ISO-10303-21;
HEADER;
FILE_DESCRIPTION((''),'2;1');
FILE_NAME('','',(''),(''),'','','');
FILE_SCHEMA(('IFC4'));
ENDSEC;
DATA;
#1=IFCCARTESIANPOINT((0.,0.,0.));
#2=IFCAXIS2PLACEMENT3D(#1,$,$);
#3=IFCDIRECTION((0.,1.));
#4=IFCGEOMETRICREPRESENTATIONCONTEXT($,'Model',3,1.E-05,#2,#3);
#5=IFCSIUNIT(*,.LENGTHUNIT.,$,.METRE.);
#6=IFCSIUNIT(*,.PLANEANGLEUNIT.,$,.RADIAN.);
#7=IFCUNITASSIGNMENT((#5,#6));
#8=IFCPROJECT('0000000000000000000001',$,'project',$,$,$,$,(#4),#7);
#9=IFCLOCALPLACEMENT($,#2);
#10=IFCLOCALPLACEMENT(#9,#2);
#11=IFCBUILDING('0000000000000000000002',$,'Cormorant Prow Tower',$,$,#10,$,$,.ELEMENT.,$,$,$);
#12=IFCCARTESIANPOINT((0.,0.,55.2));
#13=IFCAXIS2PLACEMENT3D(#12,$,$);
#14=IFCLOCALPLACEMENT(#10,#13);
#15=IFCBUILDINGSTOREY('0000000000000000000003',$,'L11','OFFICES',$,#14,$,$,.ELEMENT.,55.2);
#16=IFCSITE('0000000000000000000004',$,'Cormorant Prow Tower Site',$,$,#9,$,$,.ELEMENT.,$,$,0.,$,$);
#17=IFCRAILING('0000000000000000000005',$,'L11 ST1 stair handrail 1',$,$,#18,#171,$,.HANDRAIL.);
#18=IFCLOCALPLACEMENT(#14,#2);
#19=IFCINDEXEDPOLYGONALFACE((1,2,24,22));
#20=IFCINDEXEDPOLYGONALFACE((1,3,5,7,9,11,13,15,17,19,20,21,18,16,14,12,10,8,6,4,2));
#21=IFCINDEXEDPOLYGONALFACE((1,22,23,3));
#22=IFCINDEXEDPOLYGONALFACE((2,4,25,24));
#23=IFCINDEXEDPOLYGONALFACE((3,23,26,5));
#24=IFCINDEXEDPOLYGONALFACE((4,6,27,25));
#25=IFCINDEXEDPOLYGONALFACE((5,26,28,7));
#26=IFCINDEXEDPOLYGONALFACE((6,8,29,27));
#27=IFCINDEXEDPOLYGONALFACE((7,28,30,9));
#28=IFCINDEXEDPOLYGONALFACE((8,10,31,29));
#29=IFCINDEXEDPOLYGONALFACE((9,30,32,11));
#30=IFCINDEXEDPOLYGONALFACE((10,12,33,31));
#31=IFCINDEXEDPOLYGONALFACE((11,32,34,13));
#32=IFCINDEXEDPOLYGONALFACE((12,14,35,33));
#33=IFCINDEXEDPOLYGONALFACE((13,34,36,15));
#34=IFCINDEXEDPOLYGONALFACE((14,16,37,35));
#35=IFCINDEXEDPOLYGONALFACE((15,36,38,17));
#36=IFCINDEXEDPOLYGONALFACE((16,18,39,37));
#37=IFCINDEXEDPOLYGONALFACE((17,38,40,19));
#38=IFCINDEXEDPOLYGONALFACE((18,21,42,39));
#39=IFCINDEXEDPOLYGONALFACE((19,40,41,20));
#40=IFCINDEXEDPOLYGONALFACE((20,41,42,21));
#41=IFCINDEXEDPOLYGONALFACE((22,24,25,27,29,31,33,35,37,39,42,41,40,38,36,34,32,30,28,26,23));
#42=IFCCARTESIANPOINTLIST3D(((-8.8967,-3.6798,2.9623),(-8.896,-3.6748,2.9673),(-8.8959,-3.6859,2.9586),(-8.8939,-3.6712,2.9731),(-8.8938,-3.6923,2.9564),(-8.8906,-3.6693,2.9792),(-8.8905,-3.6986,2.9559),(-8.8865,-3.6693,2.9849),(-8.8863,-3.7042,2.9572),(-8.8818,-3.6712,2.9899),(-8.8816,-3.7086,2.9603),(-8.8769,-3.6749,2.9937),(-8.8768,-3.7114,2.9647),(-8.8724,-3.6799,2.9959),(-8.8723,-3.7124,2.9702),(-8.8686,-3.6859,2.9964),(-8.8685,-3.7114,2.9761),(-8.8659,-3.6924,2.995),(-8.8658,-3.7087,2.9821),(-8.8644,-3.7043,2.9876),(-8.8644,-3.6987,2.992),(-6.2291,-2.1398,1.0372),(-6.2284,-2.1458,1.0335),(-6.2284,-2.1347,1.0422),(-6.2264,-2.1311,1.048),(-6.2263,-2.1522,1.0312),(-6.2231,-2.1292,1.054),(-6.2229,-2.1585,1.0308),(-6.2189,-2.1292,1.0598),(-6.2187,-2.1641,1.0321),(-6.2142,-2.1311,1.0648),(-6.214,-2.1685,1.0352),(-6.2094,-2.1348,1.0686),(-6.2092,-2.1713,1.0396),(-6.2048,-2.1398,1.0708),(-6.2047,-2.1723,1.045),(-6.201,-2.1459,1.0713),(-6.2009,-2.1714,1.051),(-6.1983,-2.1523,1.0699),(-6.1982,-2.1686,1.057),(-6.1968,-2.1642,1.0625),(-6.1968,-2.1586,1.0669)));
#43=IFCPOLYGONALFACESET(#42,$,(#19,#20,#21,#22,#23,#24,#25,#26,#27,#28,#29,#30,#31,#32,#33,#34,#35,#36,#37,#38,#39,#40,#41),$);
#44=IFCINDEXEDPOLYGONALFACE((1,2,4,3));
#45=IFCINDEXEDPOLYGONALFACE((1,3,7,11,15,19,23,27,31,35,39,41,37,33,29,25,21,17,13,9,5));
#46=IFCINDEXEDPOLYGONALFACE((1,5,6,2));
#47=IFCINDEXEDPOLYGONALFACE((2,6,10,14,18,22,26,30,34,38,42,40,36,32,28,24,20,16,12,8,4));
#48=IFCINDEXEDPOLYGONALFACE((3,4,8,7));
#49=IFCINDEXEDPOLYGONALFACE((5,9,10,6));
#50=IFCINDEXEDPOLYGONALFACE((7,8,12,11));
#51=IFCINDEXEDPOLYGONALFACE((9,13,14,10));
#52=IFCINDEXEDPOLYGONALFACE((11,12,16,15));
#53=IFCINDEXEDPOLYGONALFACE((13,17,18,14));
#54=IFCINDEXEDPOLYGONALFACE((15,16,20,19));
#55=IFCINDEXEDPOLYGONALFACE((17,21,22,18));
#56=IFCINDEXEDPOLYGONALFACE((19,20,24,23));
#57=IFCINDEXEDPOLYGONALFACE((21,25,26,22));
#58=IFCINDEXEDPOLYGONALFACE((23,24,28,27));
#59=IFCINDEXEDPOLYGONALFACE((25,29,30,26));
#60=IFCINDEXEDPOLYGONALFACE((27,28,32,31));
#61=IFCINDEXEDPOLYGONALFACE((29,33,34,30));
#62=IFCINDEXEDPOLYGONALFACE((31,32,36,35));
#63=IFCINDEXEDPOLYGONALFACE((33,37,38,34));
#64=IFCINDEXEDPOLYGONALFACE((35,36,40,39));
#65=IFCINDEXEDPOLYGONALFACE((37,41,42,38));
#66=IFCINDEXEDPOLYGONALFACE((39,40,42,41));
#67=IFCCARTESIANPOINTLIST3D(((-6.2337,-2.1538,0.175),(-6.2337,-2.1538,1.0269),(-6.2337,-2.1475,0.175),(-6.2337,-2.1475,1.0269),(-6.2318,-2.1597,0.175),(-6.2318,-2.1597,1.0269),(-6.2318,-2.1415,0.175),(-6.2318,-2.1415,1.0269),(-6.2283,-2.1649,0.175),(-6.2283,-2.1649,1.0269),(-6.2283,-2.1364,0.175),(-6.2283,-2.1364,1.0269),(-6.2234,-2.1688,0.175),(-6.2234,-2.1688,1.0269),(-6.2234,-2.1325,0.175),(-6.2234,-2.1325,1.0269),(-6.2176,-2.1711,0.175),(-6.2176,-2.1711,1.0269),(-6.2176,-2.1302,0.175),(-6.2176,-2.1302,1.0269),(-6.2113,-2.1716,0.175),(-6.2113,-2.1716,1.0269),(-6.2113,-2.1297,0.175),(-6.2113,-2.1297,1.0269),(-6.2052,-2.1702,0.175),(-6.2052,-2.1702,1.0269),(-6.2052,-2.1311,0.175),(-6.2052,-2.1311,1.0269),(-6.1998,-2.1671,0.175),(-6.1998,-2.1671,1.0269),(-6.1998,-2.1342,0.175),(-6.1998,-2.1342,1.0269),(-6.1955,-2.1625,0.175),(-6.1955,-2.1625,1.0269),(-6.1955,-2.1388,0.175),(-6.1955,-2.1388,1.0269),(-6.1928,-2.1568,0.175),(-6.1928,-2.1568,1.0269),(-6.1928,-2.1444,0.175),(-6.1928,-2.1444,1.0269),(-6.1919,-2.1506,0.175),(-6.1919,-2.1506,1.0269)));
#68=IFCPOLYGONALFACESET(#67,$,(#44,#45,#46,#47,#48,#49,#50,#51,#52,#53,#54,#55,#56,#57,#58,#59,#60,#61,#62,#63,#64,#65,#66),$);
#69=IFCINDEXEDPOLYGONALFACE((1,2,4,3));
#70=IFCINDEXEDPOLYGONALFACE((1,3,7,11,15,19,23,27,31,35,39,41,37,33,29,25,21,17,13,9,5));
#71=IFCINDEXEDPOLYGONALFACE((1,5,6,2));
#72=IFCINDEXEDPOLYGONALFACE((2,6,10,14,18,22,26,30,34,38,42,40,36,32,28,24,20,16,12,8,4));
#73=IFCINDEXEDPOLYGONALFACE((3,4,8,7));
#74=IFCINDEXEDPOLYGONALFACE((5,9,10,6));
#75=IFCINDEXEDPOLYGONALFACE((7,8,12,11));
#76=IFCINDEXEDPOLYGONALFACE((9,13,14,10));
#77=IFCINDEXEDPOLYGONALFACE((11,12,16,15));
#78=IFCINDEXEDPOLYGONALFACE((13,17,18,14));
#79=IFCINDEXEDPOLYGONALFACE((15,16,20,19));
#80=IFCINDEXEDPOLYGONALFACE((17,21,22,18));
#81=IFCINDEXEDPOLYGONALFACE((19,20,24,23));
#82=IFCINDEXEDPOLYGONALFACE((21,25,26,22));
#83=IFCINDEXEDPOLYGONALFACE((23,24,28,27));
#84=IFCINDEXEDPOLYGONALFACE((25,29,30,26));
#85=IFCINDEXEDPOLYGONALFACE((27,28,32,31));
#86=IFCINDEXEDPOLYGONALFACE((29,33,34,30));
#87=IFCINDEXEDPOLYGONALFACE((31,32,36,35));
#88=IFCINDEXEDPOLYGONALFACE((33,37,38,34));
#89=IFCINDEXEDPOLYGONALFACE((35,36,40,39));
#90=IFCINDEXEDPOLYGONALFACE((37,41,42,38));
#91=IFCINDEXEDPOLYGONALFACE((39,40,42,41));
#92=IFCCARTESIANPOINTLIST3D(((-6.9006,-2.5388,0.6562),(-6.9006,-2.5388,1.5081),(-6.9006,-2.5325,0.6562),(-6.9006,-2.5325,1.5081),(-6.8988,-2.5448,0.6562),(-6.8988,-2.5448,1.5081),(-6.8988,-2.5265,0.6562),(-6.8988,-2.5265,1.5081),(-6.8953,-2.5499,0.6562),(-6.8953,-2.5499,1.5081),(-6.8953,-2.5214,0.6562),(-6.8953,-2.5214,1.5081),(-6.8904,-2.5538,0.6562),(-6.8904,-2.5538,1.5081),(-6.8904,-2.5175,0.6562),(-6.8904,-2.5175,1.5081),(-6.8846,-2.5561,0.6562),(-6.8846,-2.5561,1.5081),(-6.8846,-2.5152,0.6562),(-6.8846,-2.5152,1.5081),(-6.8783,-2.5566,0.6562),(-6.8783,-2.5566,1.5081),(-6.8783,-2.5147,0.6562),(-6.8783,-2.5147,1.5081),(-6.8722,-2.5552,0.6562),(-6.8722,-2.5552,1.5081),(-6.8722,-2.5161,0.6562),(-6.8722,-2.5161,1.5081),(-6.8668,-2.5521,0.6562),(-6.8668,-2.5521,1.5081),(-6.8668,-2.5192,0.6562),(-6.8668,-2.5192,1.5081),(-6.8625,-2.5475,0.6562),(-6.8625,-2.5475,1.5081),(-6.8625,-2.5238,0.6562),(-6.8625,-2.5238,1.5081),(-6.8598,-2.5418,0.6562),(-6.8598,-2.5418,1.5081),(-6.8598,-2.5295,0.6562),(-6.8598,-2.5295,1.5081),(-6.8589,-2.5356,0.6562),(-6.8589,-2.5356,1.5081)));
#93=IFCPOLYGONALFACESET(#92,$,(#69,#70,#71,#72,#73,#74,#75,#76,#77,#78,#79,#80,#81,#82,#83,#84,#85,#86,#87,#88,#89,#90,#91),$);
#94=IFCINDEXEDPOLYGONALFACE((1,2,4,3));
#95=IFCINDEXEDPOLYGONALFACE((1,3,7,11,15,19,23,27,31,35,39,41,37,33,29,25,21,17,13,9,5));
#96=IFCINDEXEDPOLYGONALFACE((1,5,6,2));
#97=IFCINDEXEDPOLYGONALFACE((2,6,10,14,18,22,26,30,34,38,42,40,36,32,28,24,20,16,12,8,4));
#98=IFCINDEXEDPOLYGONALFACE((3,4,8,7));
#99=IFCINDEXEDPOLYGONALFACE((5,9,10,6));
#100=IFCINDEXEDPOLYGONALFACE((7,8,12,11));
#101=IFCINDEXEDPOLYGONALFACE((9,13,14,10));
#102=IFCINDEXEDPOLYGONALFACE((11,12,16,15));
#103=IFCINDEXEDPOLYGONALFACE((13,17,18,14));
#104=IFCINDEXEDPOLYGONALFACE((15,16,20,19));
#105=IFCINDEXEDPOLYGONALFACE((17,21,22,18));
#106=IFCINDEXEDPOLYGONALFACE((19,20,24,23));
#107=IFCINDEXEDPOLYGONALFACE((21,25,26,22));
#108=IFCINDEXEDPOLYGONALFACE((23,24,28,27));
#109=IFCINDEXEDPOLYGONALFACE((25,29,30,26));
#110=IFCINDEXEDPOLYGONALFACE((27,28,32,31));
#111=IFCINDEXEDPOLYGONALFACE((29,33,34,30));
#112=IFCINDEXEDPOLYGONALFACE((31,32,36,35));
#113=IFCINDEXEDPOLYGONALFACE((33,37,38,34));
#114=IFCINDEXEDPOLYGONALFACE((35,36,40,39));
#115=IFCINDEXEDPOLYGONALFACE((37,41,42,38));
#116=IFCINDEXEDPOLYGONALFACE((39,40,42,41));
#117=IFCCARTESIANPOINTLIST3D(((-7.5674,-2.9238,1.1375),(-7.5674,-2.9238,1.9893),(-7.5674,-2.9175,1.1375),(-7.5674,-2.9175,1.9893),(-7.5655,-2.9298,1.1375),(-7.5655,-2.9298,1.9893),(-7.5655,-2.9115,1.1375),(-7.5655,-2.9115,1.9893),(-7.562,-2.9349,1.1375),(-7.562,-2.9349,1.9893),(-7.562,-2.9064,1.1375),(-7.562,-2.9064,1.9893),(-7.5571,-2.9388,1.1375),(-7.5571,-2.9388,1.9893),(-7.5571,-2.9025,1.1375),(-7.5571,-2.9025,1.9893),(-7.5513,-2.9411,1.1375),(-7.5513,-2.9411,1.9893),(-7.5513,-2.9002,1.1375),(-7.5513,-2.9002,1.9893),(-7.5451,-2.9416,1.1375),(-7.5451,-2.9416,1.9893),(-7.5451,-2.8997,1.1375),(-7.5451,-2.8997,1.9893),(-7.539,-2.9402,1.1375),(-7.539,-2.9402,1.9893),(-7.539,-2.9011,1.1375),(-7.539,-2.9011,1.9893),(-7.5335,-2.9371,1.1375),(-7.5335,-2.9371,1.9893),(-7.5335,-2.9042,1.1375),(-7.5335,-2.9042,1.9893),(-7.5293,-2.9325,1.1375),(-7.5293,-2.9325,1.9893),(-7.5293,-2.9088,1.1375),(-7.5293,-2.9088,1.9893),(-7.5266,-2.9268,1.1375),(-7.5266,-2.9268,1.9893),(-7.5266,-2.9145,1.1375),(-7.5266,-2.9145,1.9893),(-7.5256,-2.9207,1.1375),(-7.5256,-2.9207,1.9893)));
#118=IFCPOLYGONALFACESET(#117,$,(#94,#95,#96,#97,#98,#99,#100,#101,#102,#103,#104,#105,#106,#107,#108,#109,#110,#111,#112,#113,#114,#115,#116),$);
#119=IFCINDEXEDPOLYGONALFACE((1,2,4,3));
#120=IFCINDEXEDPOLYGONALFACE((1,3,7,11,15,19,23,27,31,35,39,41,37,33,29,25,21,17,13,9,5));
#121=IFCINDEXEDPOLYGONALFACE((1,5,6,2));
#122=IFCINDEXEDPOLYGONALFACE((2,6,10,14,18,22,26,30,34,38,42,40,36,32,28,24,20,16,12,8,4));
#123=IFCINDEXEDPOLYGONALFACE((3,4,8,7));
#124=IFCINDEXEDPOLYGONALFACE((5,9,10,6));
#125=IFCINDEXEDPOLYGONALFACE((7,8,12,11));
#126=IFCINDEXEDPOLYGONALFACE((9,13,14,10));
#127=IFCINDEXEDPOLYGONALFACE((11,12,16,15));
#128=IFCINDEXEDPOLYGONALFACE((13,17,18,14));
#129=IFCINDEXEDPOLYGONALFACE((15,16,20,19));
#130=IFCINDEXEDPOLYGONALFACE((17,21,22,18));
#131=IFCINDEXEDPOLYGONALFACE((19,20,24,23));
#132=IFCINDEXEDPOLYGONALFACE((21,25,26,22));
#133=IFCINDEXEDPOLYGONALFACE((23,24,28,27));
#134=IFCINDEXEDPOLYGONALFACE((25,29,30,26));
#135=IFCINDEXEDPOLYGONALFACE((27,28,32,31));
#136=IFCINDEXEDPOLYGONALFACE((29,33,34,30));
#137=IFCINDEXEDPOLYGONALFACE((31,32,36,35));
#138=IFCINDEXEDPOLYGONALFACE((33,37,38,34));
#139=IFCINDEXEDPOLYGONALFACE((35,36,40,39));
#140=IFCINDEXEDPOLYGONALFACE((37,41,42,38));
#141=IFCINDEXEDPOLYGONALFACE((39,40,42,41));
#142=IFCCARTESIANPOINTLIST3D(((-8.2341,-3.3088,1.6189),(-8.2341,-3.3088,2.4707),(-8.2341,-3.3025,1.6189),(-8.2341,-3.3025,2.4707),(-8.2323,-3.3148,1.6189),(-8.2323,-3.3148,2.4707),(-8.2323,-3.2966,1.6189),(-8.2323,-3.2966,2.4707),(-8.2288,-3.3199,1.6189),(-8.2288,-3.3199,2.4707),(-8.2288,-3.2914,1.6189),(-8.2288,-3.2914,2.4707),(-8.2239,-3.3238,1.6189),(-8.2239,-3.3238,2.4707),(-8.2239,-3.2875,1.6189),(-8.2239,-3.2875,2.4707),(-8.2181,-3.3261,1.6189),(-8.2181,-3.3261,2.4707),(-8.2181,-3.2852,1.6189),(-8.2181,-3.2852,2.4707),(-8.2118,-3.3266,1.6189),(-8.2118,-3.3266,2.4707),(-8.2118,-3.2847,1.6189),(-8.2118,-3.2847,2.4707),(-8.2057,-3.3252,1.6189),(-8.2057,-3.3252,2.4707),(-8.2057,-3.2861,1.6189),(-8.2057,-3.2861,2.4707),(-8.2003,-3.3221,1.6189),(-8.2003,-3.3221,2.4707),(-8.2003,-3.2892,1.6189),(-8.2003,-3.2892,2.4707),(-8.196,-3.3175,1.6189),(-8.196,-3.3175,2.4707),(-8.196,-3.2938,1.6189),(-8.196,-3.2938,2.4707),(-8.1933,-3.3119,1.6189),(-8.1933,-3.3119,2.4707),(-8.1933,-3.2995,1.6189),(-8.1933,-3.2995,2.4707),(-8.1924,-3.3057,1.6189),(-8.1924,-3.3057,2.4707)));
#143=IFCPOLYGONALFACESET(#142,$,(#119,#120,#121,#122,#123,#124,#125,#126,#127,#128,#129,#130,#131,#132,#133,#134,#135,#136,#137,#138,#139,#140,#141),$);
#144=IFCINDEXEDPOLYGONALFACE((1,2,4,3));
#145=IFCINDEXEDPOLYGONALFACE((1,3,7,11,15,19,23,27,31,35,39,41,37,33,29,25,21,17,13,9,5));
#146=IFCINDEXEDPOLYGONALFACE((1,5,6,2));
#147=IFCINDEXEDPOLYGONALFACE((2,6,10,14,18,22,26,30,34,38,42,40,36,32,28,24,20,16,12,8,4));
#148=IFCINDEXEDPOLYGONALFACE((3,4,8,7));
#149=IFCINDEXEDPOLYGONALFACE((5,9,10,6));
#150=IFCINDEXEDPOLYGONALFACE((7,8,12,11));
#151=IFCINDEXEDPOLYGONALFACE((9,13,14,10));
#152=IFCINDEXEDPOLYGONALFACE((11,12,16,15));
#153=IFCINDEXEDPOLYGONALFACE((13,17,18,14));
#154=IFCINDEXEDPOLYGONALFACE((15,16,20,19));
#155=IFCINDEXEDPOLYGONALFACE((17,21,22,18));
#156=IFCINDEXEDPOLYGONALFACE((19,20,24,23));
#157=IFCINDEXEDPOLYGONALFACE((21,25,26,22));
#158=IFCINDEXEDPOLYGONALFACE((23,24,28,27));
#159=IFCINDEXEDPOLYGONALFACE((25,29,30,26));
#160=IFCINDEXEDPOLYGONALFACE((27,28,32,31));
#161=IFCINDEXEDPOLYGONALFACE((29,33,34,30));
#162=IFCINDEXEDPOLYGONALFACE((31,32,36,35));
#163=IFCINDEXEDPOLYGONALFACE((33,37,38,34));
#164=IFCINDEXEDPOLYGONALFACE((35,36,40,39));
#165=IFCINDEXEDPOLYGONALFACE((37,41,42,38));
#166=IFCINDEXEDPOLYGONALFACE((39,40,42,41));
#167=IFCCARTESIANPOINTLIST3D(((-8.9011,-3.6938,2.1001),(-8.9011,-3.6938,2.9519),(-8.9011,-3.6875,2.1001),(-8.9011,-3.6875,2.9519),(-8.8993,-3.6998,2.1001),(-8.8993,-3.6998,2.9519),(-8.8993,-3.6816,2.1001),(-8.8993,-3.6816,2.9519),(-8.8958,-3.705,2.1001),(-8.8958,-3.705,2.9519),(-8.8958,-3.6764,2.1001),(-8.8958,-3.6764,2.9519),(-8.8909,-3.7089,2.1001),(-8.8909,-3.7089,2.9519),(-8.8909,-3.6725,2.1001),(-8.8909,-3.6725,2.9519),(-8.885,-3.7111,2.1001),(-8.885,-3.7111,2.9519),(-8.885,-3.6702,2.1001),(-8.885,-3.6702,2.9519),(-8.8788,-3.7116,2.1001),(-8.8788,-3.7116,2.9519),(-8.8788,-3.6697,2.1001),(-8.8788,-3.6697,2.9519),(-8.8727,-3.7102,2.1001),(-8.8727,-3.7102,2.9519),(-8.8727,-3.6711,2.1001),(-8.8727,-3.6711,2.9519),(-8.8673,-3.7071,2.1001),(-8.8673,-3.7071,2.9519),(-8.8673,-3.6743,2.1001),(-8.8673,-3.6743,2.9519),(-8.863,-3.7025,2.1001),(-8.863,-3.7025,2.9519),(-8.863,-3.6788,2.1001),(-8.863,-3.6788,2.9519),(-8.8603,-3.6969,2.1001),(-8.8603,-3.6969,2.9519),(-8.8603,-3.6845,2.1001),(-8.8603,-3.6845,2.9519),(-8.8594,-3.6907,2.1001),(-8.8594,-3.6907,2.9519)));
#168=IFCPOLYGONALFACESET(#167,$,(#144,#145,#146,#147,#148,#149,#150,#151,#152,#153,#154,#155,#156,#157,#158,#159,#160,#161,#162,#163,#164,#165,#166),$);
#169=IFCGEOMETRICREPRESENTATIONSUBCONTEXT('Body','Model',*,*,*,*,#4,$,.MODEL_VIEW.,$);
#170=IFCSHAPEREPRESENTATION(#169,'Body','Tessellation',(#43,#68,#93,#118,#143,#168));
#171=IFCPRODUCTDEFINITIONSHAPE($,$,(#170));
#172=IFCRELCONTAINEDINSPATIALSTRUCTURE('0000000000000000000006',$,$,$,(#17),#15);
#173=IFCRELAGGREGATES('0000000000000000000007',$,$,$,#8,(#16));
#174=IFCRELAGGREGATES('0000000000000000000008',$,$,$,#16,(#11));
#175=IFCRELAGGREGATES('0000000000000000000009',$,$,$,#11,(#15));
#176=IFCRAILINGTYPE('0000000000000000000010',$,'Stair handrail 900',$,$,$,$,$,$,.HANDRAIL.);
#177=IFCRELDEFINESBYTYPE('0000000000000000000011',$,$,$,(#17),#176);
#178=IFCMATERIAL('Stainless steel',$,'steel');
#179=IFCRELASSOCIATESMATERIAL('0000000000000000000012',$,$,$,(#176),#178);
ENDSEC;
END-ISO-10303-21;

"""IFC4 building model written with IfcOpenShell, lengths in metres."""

from ifc_helpers import new_model, si_unit, direction, frame, origin, origin_2d, place, context, subcontext, project, spatial, circle, extrude, material, type_object, element, save


model = new_model("IFC4")

# Units and contexts
model_context = context("Model", 3, precision=1e-05, world=origin(), true_north=direction((0.0, 1.0)))
body_context = subcontext(model_context, "Body", "Model", "MODEL_VIEW")
ifc_project = project(units=[si_unit("LENGTHUNIT", "METRE"), si_unit("PLANEANGLEUNIT", "RADIAN")], contexts=[model_context])

# Site, building, storey
site_placement = place(None, origin())
site = spatial("IfcSite", under=ifc_project, at=site_placement, Name="Cormorant Prow Tower Site", CompositionType="ELEMENT", RefElevation=0.0)
building_placement = place(site_placement, origin())
building = spatial("IfcBuilding", under=site, at=building_placement, Name="Cormorant Prow Tower", CompositionType="ELEMENT")
storey_placement = place(building_placement, frame((0.0, 0.0, 55.2)))
storey = spatial("IfcBuildingStorey", under=building, at=storey_placement, Name="L11", Description="OFFICES", CompositionType="ELEMENT", Elevation=55.2)

# Railing
ifc_material_1 = material(Name="Stainless steel", Category="steel")
railing_type_1 = type_object("IfcRailingType", Name="Stair handrail 900", PredefinedType="HANDRAIL", material=ifc_material_1)
railing_1_placement = place(storey_placement, frame((-6.2129, -2.1506, 0.175)))
element("IfcRailing", 1, at=railing_1_placement, inside=storey, type_object=railing_type_1, Name="L11 ST1 stair handrail 1", PredefinedType="HANDRAIL", context=body_context, shape_type="SweptSolid", body=[
    extrude(circle(Radius=0.0239, at=origin_2d()), frame((0.0, 0.0, 0.876), z_axis=(-0.734395, -0.423994, 0.529993), x_axis=(0.499992, -0.86603, 0.0)), (0.0, 0.0, 1.0), 3.6323),
    extrude(circle(Radius=0.021, at=origin_2d()), origin(), (0.0, 0.0, 1.0), 0.8518),
    extrude(circle(Radius=0.021, at=origin_2d()), frame((-0.667, -0.385, 0.4812)), (0.0, 0.0, 1.0), 0.8518),
    extrude(circle(Radius=0.021, at=origin_2d()), frame((-1.3337, -0.77, 0.9624)), (0.0, 0.0, 1.0), 0.8518),
    extrude(circle(Radius=0.021, at=origin_2d()), frame((-2.0005, -1.155, 1.4438)), (0.0, 0.0, 1.0), 0.8518),
    extrude(circle(Radius=0.021, at=origin_2d()), frame((-2.6675, -1.54, 1.925)), (0.0, 0.0, 1.0), 0.8518),
])

save(model, "model.ifc")
